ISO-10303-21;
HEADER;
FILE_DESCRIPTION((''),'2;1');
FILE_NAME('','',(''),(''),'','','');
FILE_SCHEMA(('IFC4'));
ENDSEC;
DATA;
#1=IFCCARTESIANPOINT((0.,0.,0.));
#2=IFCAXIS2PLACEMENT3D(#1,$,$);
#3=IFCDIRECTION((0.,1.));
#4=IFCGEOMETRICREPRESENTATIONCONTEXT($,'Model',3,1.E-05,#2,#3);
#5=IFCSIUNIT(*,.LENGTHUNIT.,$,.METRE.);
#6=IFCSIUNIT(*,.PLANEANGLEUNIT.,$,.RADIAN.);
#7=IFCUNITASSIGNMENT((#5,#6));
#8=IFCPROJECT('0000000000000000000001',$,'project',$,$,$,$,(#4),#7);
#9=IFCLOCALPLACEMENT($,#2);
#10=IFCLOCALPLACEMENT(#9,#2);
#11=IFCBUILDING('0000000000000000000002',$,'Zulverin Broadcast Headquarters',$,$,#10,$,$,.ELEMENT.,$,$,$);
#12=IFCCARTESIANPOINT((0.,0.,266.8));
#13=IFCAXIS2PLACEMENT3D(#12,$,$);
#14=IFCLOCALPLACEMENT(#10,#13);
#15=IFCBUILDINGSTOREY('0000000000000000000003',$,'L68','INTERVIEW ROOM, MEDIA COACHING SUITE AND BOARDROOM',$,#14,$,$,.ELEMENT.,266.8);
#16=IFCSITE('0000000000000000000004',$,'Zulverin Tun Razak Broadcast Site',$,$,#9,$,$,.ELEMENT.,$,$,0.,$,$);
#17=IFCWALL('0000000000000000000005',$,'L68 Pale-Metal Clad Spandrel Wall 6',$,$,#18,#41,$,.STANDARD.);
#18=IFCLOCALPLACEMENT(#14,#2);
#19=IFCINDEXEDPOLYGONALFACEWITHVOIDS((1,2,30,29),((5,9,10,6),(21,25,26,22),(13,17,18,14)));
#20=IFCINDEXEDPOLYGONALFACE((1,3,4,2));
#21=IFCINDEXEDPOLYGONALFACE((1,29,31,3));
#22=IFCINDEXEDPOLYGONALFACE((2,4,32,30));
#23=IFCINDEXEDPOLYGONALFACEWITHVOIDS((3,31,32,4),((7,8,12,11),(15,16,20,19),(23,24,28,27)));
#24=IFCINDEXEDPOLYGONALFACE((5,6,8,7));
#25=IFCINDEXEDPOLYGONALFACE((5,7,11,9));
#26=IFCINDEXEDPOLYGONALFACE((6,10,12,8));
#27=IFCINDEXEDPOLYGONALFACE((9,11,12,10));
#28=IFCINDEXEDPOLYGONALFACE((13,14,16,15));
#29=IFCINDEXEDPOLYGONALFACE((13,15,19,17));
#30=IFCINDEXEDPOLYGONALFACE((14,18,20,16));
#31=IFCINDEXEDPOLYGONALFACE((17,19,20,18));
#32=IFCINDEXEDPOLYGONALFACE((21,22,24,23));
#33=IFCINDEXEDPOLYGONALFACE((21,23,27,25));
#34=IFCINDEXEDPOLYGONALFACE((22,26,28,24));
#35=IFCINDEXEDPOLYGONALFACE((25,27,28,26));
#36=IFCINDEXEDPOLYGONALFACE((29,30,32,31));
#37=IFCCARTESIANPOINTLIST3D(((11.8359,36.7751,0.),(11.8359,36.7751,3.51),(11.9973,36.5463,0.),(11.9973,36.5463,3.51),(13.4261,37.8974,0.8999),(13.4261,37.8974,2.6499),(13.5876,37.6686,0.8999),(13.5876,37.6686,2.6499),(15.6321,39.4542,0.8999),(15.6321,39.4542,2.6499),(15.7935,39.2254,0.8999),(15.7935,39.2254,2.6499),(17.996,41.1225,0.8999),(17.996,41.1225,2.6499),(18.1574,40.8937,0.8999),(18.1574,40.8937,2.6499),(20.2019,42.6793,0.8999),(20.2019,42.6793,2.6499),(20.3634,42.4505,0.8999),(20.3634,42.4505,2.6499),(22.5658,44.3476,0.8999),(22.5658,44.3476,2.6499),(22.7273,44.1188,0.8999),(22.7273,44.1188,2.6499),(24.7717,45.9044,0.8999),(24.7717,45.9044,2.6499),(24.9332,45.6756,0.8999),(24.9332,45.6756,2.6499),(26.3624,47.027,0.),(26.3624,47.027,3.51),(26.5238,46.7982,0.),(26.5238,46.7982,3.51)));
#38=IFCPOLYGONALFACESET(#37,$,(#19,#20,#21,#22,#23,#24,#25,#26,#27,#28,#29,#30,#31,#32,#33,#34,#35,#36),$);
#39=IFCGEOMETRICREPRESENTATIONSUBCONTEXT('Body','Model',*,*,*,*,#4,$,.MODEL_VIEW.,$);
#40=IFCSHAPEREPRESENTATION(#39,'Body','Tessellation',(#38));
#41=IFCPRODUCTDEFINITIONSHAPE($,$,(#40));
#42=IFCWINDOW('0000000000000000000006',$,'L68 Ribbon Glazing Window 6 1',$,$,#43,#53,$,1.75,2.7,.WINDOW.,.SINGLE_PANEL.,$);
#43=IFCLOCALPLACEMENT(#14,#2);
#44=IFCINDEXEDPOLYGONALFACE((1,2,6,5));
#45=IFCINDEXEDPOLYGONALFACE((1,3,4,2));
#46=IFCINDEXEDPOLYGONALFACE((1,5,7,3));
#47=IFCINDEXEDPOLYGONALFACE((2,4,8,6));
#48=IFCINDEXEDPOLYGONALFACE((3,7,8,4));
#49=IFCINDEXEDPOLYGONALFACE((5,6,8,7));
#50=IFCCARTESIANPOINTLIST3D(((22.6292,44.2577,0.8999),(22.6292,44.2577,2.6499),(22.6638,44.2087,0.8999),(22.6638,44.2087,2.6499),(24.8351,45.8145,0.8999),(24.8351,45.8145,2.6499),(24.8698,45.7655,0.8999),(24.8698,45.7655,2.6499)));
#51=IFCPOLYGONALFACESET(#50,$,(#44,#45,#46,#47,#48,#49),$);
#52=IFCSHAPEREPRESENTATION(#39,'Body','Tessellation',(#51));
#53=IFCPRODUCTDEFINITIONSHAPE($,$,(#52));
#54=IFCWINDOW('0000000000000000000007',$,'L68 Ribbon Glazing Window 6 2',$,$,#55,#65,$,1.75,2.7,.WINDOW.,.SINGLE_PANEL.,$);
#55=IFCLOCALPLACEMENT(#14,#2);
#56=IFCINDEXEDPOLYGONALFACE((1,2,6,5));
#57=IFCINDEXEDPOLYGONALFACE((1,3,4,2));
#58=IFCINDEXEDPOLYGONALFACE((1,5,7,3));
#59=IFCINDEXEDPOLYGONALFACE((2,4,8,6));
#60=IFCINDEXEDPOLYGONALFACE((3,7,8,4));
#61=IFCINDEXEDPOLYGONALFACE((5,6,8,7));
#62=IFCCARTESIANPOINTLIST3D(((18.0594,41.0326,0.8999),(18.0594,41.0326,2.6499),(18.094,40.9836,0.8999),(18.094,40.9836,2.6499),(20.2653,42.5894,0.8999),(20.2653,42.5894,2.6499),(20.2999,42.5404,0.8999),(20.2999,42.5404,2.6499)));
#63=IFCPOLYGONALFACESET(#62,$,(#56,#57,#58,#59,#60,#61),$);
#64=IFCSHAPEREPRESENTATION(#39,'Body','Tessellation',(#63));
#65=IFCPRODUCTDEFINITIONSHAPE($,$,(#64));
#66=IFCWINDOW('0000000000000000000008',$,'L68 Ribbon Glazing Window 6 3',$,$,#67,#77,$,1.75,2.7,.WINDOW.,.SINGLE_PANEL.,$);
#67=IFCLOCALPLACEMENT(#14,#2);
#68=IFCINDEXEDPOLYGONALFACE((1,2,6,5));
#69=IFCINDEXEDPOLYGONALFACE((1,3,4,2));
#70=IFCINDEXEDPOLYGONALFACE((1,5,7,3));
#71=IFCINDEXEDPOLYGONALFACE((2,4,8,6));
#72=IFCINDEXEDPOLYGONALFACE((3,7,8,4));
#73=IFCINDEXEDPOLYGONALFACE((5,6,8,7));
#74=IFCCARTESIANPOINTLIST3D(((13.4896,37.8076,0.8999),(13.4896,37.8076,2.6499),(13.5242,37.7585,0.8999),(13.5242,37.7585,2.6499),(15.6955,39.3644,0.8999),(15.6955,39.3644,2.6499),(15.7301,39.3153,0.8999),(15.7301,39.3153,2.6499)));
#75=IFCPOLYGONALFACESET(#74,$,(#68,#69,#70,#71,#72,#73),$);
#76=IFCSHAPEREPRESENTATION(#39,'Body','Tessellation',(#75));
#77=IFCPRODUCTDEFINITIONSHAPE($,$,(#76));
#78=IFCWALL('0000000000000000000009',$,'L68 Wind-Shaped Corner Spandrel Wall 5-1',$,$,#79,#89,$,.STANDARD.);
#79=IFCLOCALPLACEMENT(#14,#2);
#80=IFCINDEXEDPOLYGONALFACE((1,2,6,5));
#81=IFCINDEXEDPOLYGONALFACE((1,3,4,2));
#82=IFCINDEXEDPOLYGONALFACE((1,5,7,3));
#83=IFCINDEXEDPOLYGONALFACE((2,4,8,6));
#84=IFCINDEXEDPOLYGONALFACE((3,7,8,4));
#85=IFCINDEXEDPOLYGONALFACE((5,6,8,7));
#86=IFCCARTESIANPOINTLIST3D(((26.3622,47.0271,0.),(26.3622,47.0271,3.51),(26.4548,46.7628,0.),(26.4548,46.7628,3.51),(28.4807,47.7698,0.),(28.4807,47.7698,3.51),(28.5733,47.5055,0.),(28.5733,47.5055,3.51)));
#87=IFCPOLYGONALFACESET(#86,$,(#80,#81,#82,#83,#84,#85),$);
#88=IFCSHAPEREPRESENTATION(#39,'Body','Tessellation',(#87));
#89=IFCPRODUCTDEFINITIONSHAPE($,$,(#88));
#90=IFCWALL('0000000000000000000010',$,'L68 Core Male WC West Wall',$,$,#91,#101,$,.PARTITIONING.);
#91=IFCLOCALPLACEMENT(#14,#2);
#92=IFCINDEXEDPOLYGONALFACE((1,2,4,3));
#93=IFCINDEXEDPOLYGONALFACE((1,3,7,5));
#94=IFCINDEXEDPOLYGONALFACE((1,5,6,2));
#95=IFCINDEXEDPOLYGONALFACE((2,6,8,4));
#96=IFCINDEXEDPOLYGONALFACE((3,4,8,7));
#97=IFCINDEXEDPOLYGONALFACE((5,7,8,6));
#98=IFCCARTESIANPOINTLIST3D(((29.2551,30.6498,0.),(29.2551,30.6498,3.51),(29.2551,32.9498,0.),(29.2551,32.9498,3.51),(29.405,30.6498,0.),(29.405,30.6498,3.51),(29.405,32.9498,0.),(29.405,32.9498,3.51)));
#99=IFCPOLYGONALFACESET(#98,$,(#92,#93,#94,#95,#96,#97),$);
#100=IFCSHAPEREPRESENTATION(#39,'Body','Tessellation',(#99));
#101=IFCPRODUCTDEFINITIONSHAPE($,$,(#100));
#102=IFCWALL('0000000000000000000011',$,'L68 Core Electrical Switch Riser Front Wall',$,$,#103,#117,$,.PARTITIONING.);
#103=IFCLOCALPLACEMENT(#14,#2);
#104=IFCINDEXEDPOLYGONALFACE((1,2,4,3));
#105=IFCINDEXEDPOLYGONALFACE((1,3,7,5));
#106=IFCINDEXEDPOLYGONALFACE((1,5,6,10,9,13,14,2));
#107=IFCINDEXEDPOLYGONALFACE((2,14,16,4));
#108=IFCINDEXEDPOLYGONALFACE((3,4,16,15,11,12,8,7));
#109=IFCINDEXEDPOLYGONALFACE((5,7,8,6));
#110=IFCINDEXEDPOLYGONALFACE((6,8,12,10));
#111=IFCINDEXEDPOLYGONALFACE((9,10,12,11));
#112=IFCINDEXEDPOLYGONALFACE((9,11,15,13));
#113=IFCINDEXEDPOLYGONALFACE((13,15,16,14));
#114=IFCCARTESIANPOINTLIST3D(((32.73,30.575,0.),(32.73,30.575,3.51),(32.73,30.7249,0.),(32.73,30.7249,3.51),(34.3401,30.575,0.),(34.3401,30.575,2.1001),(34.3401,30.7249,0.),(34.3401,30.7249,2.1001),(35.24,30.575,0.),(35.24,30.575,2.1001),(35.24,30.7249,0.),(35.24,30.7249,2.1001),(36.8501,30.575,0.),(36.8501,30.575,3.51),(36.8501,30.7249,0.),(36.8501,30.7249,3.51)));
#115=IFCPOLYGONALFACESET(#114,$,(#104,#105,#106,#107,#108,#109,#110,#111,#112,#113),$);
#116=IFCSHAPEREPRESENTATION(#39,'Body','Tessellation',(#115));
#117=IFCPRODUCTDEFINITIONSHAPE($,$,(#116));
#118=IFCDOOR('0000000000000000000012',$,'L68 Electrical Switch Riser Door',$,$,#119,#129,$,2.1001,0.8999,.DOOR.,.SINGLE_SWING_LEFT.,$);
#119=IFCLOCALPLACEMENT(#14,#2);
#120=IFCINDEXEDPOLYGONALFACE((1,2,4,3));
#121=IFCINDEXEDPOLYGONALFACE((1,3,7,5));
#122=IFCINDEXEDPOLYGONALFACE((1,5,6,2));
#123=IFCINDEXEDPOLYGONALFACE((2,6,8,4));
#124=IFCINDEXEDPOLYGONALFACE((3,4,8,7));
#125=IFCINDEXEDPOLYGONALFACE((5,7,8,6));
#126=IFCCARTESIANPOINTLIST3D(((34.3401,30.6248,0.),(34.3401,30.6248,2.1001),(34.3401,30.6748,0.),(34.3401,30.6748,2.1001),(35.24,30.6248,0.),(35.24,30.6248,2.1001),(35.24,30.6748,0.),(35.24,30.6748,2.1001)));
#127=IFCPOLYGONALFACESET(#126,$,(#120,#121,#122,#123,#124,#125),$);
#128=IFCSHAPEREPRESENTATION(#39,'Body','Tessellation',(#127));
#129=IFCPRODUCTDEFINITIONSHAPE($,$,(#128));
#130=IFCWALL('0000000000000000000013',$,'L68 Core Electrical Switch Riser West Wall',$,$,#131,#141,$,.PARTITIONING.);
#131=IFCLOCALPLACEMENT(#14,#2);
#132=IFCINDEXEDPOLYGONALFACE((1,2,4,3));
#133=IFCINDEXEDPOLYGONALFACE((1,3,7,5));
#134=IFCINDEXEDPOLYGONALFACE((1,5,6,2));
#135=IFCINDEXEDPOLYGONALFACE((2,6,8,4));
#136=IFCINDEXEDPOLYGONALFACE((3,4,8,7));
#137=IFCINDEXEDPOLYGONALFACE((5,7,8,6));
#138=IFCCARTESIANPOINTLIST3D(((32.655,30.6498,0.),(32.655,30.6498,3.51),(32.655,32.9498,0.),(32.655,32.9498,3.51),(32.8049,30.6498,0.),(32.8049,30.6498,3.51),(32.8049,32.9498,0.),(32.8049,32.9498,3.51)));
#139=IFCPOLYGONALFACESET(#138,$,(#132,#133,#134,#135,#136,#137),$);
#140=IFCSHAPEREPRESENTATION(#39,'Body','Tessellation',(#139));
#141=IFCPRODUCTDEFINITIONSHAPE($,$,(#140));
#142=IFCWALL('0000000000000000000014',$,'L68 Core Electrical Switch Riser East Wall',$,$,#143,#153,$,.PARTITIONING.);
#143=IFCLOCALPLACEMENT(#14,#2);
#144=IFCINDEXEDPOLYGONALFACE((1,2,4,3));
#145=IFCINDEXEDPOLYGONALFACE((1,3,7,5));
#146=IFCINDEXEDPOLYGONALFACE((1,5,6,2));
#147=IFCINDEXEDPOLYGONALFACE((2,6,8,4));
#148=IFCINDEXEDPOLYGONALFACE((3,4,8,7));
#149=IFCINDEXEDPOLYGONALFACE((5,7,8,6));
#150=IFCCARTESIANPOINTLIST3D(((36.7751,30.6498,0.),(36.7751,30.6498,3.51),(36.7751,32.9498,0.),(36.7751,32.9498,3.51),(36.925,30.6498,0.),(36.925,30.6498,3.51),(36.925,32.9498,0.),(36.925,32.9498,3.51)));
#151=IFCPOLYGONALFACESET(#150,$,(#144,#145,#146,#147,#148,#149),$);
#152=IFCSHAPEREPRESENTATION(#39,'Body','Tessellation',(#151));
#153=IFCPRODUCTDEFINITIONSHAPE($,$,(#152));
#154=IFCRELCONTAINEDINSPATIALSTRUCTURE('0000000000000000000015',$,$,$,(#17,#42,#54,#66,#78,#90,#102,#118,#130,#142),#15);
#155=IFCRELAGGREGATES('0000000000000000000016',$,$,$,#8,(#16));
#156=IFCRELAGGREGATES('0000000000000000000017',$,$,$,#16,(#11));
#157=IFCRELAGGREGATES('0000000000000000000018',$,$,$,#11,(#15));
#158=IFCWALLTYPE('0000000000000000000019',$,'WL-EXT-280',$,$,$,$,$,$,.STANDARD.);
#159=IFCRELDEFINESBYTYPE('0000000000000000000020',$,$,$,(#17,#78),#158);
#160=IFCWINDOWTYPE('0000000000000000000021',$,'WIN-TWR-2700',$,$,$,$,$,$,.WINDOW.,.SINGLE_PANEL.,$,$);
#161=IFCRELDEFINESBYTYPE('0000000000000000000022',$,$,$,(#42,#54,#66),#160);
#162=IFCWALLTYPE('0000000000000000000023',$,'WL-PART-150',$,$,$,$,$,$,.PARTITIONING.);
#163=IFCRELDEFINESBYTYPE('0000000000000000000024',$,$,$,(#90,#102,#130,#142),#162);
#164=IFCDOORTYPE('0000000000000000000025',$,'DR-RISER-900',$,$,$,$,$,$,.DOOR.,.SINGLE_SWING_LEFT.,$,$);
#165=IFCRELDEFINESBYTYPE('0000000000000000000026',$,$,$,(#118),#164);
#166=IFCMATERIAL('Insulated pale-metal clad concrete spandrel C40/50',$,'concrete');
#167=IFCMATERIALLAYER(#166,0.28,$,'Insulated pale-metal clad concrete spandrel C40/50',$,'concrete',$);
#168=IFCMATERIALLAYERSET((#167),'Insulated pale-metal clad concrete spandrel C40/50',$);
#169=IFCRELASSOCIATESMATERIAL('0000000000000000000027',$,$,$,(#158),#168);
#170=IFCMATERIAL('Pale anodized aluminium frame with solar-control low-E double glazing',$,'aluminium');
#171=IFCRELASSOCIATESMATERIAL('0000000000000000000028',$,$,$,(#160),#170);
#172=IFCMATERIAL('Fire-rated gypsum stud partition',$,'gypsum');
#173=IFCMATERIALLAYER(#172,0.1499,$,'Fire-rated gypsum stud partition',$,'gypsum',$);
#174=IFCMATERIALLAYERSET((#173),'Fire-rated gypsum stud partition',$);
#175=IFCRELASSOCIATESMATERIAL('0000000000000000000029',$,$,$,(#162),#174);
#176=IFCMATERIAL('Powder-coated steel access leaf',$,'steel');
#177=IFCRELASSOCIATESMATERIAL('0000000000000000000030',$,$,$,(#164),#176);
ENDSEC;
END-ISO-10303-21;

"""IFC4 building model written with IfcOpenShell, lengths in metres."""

from ifc_helpers import new_model, si_unit, direction, frame, frame_2d, origin, place, context, subcontext, project, spatial, rectangle, extrude, material, layer, layer_set, type_object, element, fill, save


model = new_model("IFC4")

# Units and contexts
model_context = context("Model", 3, precision=1e-05, world=origin(), true_north=direction((0.0, 1.0)))
body_context = subcontext(model_context, "Body", "Model", "MODEL_VIEW")
ifc_project = project(units=[si_unit("LENGTHUNIT", "METRE"), si_unit("PLANEANGLEUNIT", "RADIAN")], contexts=[model_context])

# Site, building, storey
site_placement = place(None, origin())
site = spatial("IfcSite", under=ifc_project, at=site_placement, Name="Zulverin Tun Razak Broadcast Site", CompositionType="ELEMENT", RefElevation=0.0)
building_placement = place(site_placement, origin())
building = spatial("IfcBuilding", under=site, at=building_placement, Name="Zulverin Broadcast Headquarters", CompositionType="ELEMENT")
storey_placement = place(building_placement, frame((0.0, 0.0, 266.8)))
storey = spatial("IfcBuildingStorey", under=building, at=storey_placement, Name="L68", Description="INTERVIEW ROOM, MEDIA COACHING SUITE AND BOARDROOM", CompositionType="ELEMENT", Elevation=266.8)

# Wall, openings, windows
ifc_material_1 = material(Name="Insulated pale-metal clad concrete spandrel C40/50", Category="concrete")
ifc_layer_1 = layer(ifc_material_1, 0.28, Name="Insulated pale-metal clad concrete spandrel C40/50", Category="concrete")
ifc_layer_set_1 = layer_set([ifc_layer_1], Name="Insulated pale-metal clad concrete spandrel C40/50")
wall_type_1 = type_object("IfcWallType", Name="WL-EXT-280", PredefinedType="STANDARD", material=ifc_layer_set_1)
wall_1_placement = place(storey_placement, frame((26.4431, 46.9126, 0.0), z_axis=(0.0, 0.0, 1.0), x_axis=(-0.817024, -0.576603, 0.0)))
wall_1 = element("IfcWall", 1, at=wall_1_placement, inside=storey, type_object=wall_type_1, Name="L68 Pale-Metal Clad Spandrel Wall 6", PredefinedType="STANDARD", context=body_context, shape_type="SweptSolid", body=[
    extrude(rectangle(XDim=17.7798, YDim=0.28, at=frame_2d((8.8899, 0.0))), origin(), (0.0, 0.0, 1.0), 3.51),
])
opening_1_placement = place(wall_1_placement, frame((1.9468, 0.0, 0.8999)))
opening_1 = element("IfcOpeningElement", 2, at=opening_1_placement, cuts=wall_1, PredefinedType="OPENING", context=body_context, shape_type="SweptSolid", body=[
    extrude(rectangle(XDim=2.7, YDim=1.75, at=frame_2d((1.3501, 0.875))), frame((0.0, 0.1499, 0.0), z_axis=(0.0, -1.0, 0.0), x_axis=(1.0, 0.0, 0.0)), (0.0, 0.0, 1.0), 0.3),
])
opening_2_placement = place(wall_1_placement, frame((7.54, 0.0, 0.8999)))
opening_2 = element("IfcOpeningElement", 3, at=opening_2_placement, cuts=wall_1, PredefinedType="OPENING", context=body_context, shape_type="SweptSolid", body=[
    extrude(rectangle(XDim=2.7, YDim=1.75, at=frame_2d((1.3501, 0.875))), frame((0.0, 0.1499, 0.0), z_axis=(0.0, -1.0, 0.0), x_axis=(1.0, 0.0, 0.0)), (0.0, 0.0, 1.0), 0.3),
])
opening_3_placement = place(wall_1_placement, frame((13.1333, 0.0, 0.8999)))
opening_3 = element("IfcOpeningElement", 4, at=opening_3_placement, cuts=wall_1, PredefinedType="OPENING", context=body_context, shape_type="SweptSolid", body=[
    extrude(rectangle(XDim=2.7, YDim=1.75, at=frame_2d((1.3501, 0.875))), frame((0.0, 0.1499, 0.0), z_axis=(0.0, -1.0, 0.0), x_axis=(1.0, 0.0, 0.0)), (0.0, 0.0, 1.0), 0.3),
])
ifc_material_2 = material(Name="Pale anodized aluminium frame with solar-control low-E double glazing", Category="aluminium")
window_type = type_object("IfcWindowType", Name="WIN-TWR-2700", PartitioningType="SINGLE_PANEL", PredefinedType="WINDOW", material=ifc_material_2)
window_1_placement = place(opening_1_placement, origin())
window_1 = element("IfcWindow", 5, at=window_1_placement, inside=storey, type_object=window_type, Name="L68 Ribbon Glazing Window 6 1", OverallHeight=1.75, OverallWidth=2.7, PartitioningType="SINGLE_PANEL", PredefinedType="WINDOW", context=body_context, shape_type="SweptSolid", body=[
    extrude(rectangle(XDim=2.7, YDim=1.75, at=frame_2d((1.3501, 0.875))), frame((0.0, 0.03, 0.0), z_axis=(0.0, -1.0, 0.0), x_axis=(1.0, 0.0, 0.0)), (0.0, 0.0, 1.0), 0.0601),
])
fill(opening_1, window_1)
window_2_placement = place(opening_2_placement, origin())
window_2 = element("IfcWindow", 6, at=window_2_placement, inside=storey, type_object=window_type, Name="L68 Ribbon Glazing Window 6 2", OverallHeight=1.75, OverallWidth=2.7, PartitioningType="SINGLE_PANEL", PredefinedType="WINDOW", context=body_context, shape_type="SweptSolid", body=[
    extrude(rectangle(XDim=2.7, YDim=1.75, at=frame_2d((1.3501, 0.875))), frame((0.0, 0.03, 0.0), z_axis=(0.0, -1.0, 0.0), x_axis=(1.0, 0.0, 0.0)), (0.0, 0.0, 1.0), 0.0601),
])
fill(opening_2, window_2)
window_3_placement = place(opening_3_placement, origin())
window_3 = element("IfcWindow", 7, at=window_3_placement, inside=storey, type_object=window_type, Name="L68 Ribbon Glazing Window 6 3", OverallHeight=1.75, OverallWidth=2.7, PartitioningType="SINGLE_PANEL", PredefinedType="WINDOW", context=body_context, shape_type="SweptSolid", body=[
    extrude(rectangle(XDim=2.7, YDim=1.75, at=frame_2d((1.3501, 0.875))), frame((0.0, 0.03, 0.0), z_axis=(0.0, -1.0, 0.0), x_axis=(1.0, 0.0, 0.0)), (0.0, 0.0, 1.0), 0.0601),
])
fill(opening_3, window_3)

# Walls
wall_2_placement = place(storey_placement, frame((28.5271, 47.6377, 0.0), z_axis=(0.0, 0.0, 1.0), x_axis=(-0.943687, -0.33084, 0.0)))
element("IfcWall", 8, at=wall_2_placement, inside=storey, type_object=wall_type_1, Name="L68 Wind-Shaped Corner Spandrel Wall 5-1", PredefinedType="STANDARD", context=body_context, shape_type="SweptSolid", body=[
    extrude(rectangle(XDim=2.2449, YDim=0.28, at=frame_2d((1.1226, 0.0))), origin(), (0.0, 0.0, 1.0), 3.51),
])
ifc_material_3 = material(Name="Fire-rated gypsum stud partition", Category="gypsum")
ifc_layer_2 = layer(ifc_material_3, 0.1499, Name="Fire-rated gypsum stud partition", Category="gypsum")
ifc_layer_set_2 = layer_set([ifc_layer_2], Name="Fire-rated gypsum stud partition")
wall_type_2 = type_object("IfcWallType", Name="WL-PART-150", PredefinedType="PARTITIONING", material=ifc_layer_set_2)
wall_3_placement = place(storey_placement, frame((29.3301, 30.6499, 0.0), z_axis=(0.0, 0.0, 1.0), x_axis=(0.0, 1.0, 0.0)))
element("IfcWall", 9, at=wall_3_placement, inside=storey, type_object=wall_type_2, Name="L68 Core Male WC West Wall", PredefinedType="PARTITIONING", context=body_context, shape_type="SweptSolid", body=[
    extrude(rectangle(XDim=2.3, YDim=0.1499, at=frame_2d((1.1499, 0.0))), origin(), (0.0, 0.0, 1.0), 3.51),
])

# Wall, opening, door
wall_4_placement = place(storey_placement, frame((32.73, 30.6499, 0.0), z_axis=(0.0, 0.0, 1.0), x_axis=(1.0, 0.0, 0.0)))
wall_4 = element("IfcWall", 10, at=wall_4_placement, inside=storey, type_object=wall_type_2, Name="L68 Core Electrical Switch Riser Front Wall", PredefinedType="PARTITIONING", context=body_context, shape_type="SweptSolid", body=[
    extrude(rectangle(XDim=4.1201, YDim=0.1499, at=frame_2d((2.0601, 0.0))), origin(), (0.0, 0.0, 1.0), 3.51),
])
opening_4_placement = place(wall_4_placement, frame((1.6101, 0.0, 0.0)))
opening_4 = element("IfcOpeningElement", 11, at=opening_4_placement, cuts=wall_4, PredefinedType="OPENING", context=body_context, shape_type="SweptSolid", body=[
    extrude(rectangle(XDim=0.8999, YDim=2.1001, at=frame_2d((0.45, 1.05))), frame((0.0, 0.085, 0.0), z_axis=(0.0, -1.0, 0.0), x_axis=(1.0, 0.0, 0.0)), (0.0, 0.0, 1.0), 0.1699),
])
ifc_material_4 = material(Name="Powder-coated steel access leaf", Category="steel")
door_type = type_object("IfcDoorType", Name="DR-RISER-900", OperationType="SINGLE_SWING_LEFT", PredefinedType="DOOR", material=ifc_material_4)
door_placement = place(opening_4_placement, origin())
door = element("IfcDoor", 12, at=door_placement, inside=storey, type_object=door_type, Name="L68 Electrical Switch Riser Door", OperationType="SINGLE_SWING_LEFT", OverallHeight=2.1001, OverallWidth=0.8999, PredefinedType="DOOR", context=body_context, shape_type="SweptSolid", body=[
    extrude(rectangle(XDim=0.8999, YDim=2.1001, at=frame_2d((0.45, 1.05))), frame((0.0, 0.0249, 0.0), z_axis=(0.0, -1.0, 0.0), x_axis=(1.0, 0.0, 0.0)), (0.0, 0.0, 1.0), 0.05),
])
fill(opening_4, door)

# Walls
for number, where, z_axis, x_axis, name in (
    (13, (32.73, 30.6499, 0.0), (0.0, 0.0, 1.0), (0.0, 1.0, 0.0), "L68 Core Electrical Switch Riser West Wall"),
    (14, (36.8501, 30.6499, 0.0), (0.0, 0.0, 1.0), (0.0, 1.0, 0.0), "L68 Core Electrical Switch Riser East Wall"),
):
    element("IfcWall", number, at=place(storey_placement, frame(where, z_axis=z_axis, x_axis=x_axis)), inside=storey, type_object=wall_type_2, Name=name, PredefinedType="PARTITIONING", context=body_context, shape_type="SweptSolid", body=[
        extrude(rectangle(XDim=2.3, YDim=0.1499, at=frame_2d((1.1499, 0.0))), origin(), (0.0, 0.0, 1.0), 3.51),
    ])

save(model, "model.ifc")
